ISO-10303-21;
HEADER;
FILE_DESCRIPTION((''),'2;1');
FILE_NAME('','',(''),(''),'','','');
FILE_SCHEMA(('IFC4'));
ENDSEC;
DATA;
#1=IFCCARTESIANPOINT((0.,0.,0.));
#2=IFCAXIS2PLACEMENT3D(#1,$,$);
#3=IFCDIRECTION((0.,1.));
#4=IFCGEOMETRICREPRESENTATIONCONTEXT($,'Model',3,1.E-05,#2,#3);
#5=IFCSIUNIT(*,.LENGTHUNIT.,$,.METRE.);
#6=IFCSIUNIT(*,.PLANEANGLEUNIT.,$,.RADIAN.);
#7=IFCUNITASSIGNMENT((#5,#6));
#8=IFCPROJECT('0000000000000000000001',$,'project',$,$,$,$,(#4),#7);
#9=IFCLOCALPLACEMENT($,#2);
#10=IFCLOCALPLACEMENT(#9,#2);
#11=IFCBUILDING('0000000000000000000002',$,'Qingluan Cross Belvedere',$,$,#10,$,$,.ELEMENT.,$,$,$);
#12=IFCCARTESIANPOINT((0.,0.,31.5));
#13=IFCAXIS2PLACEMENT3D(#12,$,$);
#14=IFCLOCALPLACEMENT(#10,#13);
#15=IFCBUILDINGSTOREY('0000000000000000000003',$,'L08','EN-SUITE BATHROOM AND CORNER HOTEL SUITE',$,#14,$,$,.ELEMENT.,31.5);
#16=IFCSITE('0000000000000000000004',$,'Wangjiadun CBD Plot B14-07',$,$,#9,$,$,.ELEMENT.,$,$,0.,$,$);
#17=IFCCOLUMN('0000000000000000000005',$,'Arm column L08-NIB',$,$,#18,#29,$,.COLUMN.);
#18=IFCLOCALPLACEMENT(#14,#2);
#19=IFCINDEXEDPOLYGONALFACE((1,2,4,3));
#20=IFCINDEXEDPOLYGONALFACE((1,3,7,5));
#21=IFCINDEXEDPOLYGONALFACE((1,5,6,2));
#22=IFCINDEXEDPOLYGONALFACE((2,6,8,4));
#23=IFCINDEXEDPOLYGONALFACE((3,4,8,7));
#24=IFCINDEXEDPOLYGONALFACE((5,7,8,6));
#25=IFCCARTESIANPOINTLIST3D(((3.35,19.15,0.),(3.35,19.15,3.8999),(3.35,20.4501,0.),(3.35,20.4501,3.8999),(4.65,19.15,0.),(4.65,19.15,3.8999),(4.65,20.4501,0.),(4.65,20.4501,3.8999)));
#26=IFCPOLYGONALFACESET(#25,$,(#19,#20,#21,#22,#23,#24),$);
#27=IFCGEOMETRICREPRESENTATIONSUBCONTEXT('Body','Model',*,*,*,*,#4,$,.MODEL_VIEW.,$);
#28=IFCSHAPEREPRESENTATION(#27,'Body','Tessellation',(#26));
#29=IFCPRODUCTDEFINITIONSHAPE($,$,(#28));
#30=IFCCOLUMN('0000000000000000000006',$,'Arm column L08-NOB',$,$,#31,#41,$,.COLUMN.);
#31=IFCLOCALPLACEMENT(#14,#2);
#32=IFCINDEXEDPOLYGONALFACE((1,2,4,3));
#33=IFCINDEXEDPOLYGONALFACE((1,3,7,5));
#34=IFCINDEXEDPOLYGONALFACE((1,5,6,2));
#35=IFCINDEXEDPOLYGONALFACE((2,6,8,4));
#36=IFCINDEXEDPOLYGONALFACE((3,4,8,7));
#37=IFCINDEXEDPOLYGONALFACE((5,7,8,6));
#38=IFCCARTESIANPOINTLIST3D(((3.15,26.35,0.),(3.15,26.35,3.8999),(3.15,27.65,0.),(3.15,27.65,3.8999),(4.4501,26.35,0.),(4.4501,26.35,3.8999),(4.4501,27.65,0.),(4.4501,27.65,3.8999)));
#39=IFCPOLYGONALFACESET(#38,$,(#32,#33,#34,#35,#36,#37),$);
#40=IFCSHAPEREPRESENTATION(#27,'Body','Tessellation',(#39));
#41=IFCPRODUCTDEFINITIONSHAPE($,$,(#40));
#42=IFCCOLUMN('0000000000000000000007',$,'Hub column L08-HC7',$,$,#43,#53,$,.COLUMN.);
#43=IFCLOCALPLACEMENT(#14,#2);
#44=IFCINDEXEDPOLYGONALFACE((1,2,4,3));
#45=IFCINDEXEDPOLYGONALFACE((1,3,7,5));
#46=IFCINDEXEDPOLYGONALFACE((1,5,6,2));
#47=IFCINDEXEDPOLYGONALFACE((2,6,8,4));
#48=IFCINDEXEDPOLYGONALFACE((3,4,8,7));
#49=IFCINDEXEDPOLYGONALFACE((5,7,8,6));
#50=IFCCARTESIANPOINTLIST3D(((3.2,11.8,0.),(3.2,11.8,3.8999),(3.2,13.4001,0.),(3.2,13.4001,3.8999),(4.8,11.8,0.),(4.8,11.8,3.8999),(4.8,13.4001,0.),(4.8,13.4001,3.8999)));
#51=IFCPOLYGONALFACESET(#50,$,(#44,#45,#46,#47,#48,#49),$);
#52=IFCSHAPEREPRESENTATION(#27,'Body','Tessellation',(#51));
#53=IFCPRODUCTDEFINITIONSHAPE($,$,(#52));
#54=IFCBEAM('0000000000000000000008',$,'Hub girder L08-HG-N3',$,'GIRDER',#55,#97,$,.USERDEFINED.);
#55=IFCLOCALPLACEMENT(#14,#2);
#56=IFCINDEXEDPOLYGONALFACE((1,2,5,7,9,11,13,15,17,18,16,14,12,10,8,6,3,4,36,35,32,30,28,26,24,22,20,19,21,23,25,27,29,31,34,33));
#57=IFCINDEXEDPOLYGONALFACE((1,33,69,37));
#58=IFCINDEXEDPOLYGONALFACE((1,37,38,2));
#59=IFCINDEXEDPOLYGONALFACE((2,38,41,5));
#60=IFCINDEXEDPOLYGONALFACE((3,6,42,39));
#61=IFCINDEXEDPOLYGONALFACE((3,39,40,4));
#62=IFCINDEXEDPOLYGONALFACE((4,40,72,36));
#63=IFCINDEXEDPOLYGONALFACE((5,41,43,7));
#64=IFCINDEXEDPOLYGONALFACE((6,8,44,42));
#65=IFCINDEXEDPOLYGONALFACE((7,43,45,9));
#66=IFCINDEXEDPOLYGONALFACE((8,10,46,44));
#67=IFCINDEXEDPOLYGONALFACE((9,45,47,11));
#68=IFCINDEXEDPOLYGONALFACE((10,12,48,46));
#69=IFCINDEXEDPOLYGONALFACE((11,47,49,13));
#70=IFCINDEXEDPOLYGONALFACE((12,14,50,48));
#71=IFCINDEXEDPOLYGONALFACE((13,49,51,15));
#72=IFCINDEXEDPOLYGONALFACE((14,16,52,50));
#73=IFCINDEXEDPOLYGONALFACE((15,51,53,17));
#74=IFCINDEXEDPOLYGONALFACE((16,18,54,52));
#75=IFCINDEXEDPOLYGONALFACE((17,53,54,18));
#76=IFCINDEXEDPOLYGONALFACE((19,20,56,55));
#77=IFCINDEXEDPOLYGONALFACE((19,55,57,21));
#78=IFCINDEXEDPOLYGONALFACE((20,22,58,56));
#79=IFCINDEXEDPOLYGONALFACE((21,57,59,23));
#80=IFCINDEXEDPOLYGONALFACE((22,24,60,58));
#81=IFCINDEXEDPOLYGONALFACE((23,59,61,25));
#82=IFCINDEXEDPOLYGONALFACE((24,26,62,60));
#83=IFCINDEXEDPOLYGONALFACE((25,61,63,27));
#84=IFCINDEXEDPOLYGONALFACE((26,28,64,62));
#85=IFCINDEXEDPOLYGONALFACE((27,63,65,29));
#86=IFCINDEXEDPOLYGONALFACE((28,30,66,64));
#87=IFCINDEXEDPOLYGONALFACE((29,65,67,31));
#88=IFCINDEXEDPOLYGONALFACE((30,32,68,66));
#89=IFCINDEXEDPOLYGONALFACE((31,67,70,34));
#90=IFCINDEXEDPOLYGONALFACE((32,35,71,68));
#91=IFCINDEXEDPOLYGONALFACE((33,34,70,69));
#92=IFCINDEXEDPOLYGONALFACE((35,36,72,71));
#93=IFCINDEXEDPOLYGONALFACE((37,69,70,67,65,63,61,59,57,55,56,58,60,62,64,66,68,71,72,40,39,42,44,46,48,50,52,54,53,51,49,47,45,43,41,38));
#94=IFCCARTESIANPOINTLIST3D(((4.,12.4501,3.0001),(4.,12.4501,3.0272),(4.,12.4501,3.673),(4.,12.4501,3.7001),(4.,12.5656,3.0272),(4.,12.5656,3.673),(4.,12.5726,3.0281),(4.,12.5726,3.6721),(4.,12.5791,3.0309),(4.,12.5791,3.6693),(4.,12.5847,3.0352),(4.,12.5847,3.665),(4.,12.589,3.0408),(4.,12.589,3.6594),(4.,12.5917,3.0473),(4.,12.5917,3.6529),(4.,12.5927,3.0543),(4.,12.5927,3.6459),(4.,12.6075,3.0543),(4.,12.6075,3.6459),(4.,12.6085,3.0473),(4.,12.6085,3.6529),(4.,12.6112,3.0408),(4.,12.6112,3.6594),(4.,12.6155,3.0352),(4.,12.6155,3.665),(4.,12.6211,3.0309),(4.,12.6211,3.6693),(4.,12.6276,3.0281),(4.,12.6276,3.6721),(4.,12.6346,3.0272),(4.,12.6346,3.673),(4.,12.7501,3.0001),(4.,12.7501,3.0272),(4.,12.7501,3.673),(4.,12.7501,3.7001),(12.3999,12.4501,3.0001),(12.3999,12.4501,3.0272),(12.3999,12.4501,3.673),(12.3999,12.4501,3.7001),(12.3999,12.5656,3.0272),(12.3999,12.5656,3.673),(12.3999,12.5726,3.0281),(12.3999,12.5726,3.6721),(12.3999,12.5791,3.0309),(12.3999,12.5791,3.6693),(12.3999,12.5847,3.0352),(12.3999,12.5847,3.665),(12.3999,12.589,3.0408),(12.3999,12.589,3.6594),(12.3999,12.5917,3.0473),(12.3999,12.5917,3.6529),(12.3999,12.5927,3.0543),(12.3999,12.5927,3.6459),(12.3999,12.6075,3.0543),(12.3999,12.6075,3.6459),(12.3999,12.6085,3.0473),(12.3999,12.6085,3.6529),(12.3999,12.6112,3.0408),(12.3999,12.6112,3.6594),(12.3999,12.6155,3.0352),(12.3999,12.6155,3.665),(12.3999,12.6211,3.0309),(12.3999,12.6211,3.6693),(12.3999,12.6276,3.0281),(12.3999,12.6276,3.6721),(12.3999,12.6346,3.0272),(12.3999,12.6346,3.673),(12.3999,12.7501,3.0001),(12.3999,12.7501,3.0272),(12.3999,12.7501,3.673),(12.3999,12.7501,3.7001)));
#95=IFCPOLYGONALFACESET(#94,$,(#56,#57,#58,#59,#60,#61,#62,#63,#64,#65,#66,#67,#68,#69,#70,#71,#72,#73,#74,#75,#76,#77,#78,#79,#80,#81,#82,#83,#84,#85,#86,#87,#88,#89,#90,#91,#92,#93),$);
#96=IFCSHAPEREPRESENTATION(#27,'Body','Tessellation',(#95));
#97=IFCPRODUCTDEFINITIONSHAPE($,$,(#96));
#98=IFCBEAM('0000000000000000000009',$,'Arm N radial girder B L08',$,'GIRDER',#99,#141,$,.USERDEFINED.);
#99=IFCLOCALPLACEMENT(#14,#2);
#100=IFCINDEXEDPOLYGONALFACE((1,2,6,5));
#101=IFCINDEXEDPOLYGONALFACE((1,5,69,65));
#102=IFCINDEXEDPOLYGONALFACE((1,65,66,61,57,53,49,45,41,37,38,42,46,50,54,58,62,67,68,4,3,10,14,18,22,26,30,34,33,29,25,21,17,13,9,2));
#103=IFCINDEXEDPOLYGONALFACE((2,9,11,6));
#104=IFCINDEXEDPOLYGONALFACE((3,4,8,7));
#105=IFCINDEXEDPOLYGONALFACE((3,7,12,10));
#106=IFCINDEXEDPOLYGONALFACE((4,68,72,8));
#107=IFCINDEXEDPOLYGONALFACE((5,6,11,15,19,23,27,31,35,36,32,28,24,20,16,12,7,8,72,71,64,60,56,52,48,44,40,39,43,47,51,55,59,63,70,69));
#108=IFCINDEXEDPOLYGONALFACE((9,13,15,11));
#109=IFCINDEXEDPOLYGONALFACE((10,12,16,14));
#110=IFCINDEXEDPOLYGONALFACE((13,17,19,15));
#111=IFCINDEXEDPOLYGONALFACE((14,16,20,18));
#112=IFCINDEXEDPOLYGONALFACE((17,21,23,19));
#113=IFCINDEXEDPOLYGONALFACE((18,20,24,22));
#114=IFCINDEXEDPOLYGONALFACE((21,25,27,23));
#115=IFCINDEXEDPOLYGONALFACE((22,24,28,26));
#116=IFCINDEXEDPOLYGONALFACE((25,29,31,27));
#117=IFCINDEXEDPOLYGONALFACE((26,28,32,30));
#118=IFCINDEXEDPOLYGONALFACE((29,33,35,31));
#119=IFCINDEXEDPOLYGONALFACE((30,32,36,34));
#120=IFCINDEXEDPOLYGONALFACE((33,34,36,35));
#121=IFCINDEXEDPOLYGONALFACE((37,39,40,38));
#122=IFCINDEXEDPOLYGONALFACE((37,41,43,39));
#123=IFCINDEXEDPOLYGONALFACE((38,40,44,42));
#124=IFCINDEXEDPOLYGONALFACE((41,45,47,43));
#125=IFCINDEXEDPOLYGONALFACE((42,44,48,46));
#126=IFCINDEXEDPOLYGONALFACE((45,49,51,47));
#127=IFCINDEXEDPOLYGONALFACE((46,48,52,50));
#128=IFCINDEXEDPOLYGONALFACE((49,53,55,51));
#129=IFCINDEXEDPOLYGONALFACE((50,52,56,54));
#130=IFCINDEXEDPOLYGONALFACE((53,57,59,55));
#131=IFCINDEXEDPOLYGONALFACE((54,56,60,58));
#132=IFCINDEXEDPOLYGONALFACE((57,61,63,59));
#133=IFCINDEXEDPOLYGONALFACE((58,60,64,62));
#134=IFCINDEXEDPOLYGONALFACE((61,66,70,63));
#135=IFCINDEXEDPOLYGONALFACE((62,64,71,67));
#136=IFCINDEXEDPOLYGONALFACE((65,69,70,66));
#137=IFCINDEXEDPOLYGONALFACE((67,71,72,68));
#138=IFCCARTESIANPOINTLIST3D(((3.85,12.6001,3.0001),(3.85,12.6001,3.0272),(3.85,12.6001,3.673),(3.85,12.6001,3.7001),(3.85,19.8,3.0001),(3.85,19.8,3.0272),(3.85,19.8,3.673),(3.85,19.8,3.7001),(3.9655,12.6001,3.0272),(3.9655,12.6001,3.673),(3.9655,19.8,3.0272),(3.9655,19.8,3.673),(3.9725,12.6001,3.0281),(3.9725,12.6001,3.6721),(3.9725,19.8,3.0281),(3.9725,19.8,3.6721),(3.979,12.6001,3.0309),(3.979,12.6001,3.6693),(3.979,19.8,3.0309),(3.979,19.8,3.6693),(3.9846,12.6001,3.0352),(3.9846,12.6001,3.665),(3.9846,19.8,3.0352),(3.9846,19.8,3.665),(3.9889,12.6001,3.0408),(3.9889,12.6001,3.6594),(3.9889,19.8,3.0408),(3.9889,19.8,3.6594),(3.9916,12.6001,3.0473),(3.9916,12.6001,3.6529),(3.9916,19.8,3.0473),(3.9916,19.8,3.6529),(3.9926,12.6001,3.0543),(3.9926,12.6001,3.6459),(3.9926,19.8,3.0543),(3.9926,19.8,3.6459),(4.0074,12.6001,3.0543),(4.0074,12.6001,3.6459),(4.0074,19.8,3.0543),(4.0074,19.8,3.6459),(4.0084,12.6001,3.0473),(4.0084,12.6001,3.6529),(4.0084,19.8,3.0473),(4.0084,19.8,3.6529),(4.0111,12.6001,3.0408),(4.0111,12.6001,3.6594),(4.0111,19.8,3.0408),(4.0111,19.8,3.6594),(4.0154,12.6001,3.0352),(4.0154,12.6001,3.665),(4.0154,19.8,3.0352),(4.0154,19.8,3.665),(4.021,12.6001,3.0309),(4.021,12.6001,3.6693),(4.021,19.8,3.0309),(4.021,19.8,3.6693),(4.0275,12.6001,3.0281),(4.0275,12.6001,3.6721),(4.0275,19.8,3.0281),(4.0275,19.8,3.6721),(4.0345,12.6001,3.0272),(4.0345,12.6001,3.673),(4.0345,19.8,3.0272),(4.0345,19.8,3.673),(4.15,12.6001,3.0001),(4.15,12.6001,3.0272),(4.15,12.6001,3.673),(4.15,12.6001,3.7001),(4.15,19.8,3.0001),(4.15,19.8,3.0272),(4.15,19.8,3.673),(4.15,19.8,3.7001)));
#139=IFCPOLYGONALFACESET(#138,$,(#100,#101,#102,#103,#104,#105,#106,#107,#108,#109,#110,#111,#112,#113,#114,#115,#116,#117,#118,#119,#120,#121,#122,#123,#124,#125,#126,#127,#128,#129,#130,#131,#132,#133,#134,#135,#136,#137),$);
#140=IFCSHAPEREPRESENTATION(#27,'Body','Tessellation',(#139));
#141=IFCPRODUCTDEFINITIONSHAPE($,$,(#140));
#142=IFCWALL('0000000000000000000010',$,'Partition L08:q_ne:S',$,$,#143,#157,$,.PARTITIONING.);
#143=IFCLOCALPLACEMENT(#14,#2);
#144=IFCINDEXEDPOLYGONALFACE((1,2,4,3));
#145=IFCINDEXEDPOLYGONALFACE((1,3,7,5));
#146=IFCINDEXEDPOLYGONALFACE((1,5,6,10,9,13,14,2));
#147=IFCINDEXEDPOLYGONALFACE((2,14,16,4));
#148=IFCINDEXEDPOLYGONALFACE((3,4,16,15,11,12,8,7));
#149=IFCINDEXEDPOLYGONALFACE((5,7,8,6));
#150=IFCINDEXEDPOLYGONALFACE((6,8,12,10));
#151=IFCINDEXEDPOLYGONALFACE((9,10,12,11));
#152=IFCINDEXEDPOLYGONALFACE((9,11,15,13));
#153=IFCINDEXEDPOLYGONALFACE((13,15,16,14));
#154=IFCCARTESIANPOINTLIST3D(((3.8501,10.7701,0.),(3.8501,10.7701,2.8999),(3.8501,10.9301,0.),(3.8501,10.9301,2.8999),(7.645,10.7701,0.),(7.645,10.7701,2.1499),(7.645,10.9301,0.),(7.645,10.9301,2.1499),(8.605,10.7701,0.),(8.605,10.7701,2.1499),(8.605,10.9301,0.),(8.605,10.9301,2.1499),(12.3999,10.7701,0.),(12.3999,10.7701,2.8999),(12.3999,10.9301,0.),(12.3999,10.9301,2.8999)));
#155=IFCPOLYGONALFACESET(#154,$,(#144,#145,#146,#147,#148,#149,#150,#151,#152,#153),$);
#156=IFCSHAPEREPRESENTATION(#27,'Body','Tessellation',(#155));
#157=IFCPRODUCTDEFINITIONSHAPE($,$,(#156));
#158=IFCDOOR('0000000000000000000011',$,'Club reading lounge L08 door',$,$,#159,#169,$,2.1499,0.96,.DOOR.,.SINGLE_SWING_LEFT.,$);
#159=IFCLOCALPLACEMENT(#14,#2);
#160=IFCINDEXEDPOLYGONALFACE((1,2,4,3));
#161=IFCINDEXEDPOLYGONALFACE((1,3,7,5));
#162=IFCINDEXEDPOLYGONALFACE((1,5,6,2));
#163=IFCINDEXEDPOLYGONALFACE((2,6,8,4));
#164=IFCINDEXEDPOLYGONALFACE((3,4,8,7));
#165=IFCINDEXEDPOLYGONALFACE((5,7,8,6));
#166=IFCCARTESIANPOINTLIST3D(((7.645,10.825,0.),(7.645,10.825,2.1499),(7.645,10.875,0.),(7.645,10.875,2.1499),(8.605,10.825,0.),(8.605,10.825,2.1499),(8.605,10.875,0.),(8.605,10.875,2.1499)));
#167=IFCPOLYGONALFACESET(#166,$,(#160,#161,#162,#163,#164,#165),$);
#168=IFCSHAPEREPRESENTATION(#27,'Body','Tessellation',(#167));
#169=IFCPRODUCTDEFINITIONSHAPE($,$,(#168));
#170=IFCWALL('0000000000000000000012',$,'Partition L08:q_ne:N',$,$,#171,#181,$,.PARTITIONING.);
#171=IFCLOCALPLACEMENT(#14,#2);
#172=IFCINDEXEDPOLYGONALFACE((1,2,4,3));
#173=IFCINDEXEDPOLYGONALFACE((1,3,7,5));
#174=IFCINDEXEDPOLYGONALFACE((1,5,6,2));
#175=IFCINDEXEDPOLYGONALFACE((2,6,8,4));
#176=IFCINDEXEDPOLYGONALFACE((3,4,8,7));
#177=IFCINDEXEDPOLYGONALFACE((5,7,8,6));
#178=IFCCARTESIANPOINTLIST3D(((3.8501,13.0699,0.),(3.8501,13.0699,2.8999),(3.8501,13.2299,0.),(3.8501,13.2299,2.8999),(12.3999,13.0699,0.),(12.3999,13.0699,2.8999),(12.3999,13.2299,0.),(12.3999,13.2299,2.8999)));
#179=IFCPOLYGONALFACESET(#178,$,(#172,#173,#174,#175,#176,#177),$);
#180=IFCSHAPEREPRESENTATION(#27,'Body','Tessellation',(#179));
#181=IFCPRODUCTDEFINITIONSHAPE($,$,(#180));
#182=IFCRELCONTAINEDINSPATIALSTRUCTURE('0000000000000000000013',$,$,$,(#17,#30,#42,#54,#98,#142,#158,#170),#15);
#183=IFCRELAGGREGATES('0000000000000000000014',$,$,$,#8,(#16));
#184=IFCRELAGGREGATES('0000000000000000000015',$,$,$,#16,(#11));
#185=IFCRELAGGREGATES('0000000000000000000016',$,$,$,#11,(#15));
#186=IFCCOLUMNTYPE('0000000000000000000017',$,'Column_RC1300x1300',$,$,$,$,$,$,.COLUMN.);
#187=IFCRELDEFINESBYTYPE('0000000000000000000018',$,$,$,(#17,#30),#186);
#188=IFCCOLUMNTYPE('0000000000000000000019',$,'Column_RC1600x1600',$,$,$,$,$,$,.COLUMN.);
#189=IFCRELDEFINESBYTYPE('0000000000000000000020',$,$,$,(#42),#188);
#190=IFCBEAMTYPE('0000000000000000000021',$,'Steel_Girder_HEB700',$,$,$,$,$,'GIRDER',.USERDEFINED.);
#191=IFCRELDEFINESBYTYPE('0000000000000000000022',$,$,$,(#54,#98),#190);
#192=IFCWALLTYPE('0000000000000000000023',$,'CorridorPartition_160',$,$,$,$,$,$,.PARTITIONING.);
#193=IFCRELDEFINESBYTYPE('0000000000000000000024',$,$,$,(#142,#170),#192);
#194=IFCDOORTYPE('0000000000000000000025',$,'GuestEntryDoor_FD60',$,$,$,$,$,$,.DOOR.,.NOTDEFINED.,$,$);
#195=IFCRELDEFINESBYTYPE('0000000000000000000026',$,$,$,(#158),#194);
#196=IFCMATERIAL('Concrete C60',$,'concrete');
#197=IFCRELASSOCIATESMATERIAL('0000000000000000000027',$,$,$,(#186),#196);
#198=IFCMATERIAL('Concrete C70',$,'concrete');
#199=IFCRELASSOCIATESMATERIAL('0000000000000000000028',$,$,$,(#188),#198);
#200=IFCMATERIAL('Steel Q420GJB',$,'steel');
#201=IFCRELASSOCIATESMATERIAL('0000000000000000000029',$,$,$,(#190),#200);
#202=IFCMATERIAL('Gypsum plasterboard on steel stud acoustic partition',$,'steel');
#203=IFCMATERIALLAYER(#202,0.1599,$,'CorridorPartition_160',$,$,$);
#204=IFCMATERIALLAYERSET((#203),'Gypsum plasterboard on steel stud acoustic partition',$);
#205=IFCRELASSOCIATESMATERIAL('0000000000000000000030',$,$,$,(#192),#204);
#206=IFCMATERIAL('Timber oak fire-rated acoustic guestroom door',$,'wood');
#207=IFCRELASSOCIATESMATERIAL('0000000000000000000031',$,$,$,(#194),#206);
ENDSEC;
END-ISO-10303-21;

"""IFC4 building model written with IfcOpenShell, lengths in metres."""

from ifc_helpers import new_model, si_unit, direction, frame, frame_2d, origin, origin_2d, place, context, subcontext, project, spatial, rectangle, i_section, extrude, material, layer, layer_set, material_profile, profile_set, type_object, element, fill, save


model = new_model("IFC4")

# Units and contexts
model_context = context("Model", 3, precision=1e-05, world=origin(), true_north=direction((0.0, 1.0)))
body_context = subcontext(model_context, "Body", "Model", "MODEL_VIEW")
ifc_project = project(units=[si_unit("LENGTHUNIT", "METRE"), si_unit("PLANEANGLEUNIT", "RADIAN")], contexts=[model_context])

# Site, building, storey
site_placement = place(None, origin())
site = spatial("IfcSite", under=ifc_project, at=site_placement, Name="Wangjiadun CBD Plot B14-07", CompositionType="ELEMENT", RefElevation=0.0)
building_placement = place(site_placement, origin())
building = spatial("IfcBuilding", under=site, at=building_placement, Name="Qingluan Cross Belvedere", CompositionType="ELEMENT")
storey_placement = place(building_placement, frame((0.0, 0.0, 31.5)))
storey = spatial("IfcBuildingStorey", under=building, at=storey_placement, Name="L08", Description="EN-SUITE BATHROOM AND CORNER HOTEL SUITE", CompositionType="ELEMENT", Elevation=31.5)

# Columns
ifc_material_1 = material(Name="Concrete C60", Category="concrete")
ifc_material_profile_1 = material_profile(ifc_material_1, rectangle(XDim=1.3, YDim=1.3, at=origin_2d()), Name="RC1300x1300")
ifc_profile_set_1 = profile_set([ifc_material_profile_1], Name="Concrete C60")
column_type_1 = type_object("IfcColumnType", Name="Column_RC1300x1300", PredefinedType="COLUMN", material=ifc_profile_set_1)
for number, where, z_axis, x_axis, name in (
    (1, (4.0, 19.8, 0.0), (0.0, 0.0, 1.0), (1.0, 0.0, 0.0), "Arm column L08-NIB"),
    (2, (3.8, 27.0, 0.0), (0.0, 0.0, 1.0), (1.0, 0.0, 0.0), "Arm column L08-NOB"),
):
    element("IfcColumn", number, at=place(storey_placement, frame(where, z_axis=z_axis, x_axis=x_axis)), inside=storey, type_object=column_type_1, Name=name, PredefinedType="COLUMN", context=body_context, shape_type="SweptSolid", body=[
        extrude(rectangle(XDim=1.3, YDim=1.3, at=origin_2d()), origin(), (0.0, 0.0, 1.0), 3.8999),
    ])
ifc_material_2 = material(Name="Concrete C70", Category="concrete")
ifc_material_profile_2 = material_profile(ifc_material_2, rectangle(XDim=1.6001, YDim=1.6001, at=origin_2d()), Name="RC1600x1600")
ifc_profile_set_2 = profile_set([ifc_material_profile_2], Name="Concrete C70")
column_type_2 = type_object("IfcColumnType", Name="Column_RC1600x1600", PredefinedType="COLUMN", material=ifc_profile_set_2)
column_placement = place(storey_placement, frame((4.0, 12.6001, 0.0), z_axis=(0.0, 0.0, 1.0), x_axis=(1.0, 0.0, 0.0)))
element("IfcColumn", 3, at=column_placement, inside=storey, type_object=column_type_2, Name="Hub column L08-HC7", PredefinedType="COLUMN", context=body_context, shape_type="SweptSolid", body=[
    extrude(rectangle(XDim=1.6001, YDim=1.6001, at=origin_2d()), origin(), (0.0, 0.0, 1.0), 3.8999),
])

# Beams
ifc_material_3 = material(Name="Steel Q420GJB", Category="steel")
ifc_material_profile_3 = material_profile(ifc_material_3, i_section(OverallWidth=0.3, OverallDepth=0.7, WebThickness=0.0149, FlangeThickness=0.0271, FilletRadius=0.0271, at=origin_2d()), Name="HEB700")
ifc_profile_set_3 = profile_set([ifc_material_profile_3], Name="Steel Q420GJB")
beam_type = type_object("IfcBeamType", Name="Steel_Girder_HEB700", ElementType="GIRDER", PredefinedType="USERDEFINED", material=ifc_profile_set_3)
beam_1_placement = place(storey_placement, frame((4.0, 12.6001, 3.3501), z_axis=(1.0, 0.0, 0.0), x_axis=(0.0, 1.0, 0.0)))
element("IfcBeam", 4, at=beam_1_placement, inside=storey, type_object=beam_type, Name="Hub girder L08-HG-N3", ObjectType="GIRDER", PredefinedType="USERDEFINED", context=body_context, shape_type="SweptSolid", body=[
    extrude(i_section(OverallWidth=0.3, OverallDepth=0.7, WebThickness=0.0149, FlangeThickness=0.0271, FilletRadius=0.0271, at=origin_2d()), origin(), (0.0, 0.0, 1.0), 8.3999),
])
beam_2_placement = place(storey_placement, frame((4.0, 12.6001, 3.3501), z_axis=(0.0, 1.0, 0.0), x_axis=(-1.0, 0.0, 0.0)))
element("IfcBeam", 5, at=beam_2_placement, inside=storey, type_object=beam_type, Name="Arm N radial girder B L08", ObjectType="GIRDER", PredefinedType="USERDEFINED", context=body_context, shape_type="SweptSolid", body=[
    extrude(i_section(OverallWidth=0.3, OverallDepth=0.7, WebThickness=0.0149, FlangeThickness=0.0271, FilletRadius=0.0271, at=origin_2d()), origin(), (0.0, 0.0, 1.0), 7.2),
])

# Wall, opening, door
ifc_material_4 = material(Name="Gypsum plasterboard on steel stud acoustic partition", Category="steel")
ifc_layer_1 = layer(ifc_material_4, 0.1599, Name="CorridorPartition_160")
ifc_layer_set_1 = layer_set([ifc_layer_1], Name="Gypsum plasterboard on steel stud acoustic partition")
wall_type_1 = type_object("IfcWallType", Name="CorridorPartition_160", PredefinedType="PARTITIONING", material=ifc_layer_set_1)
wall_1_placement = place(storey_placement, frame((3.8501, 10.8501, 0.0), z_axis=(0.0, 0.0, 1.0), x_axis=(1.0, 0.0, 0.0)))
wall_1 = element("IfcWall", 6, at=wall_1_placement, inside=storey, type_object=wall_type_1, Name="Partition L08:q_ne:S", PredefinedType="PARTITIONING", context=body_context, shape_type="SweptSolid", body=[
    extrude(rectangle(XDim=8.5498, YDim=0.1599, at=frame_2d((4.2749, 0.0))), origin(), (0.0, 0.0, 1.0), 2.8999),
])
opening_1_placement = place(wall_1_placement, frame((3.7949, 0.0, 0.0)))
opening_1 = element("IfcOpeningElement", 7, at=opening_1_placement, cuts=wall_1, PredefinedType="OPENING", context=body_context, shape_type="SweptSolid", body=[
    extrude(rectangle(XDim=0.96, YDim=2.1499, at=frame_2d((0.48, 1.075))), frame((0.0, 0.0898, 0.0), z_axis=(0.0, -1.0, 0.0), x_axis=(1.0, 0.0, 0.0)), (0.0, 0.0, 1.0), 0.1799),
])
ifc_material_5 = material(Name="Timber oak fire-rated acoustic guestroom door", Category="wood")
door_type_1 = type_object("IfcDoorType", Name="GuestEntryDoor_FD60", OperationType="NOTDEFINED", PredefinedType="DOOR", material=ifc_material_5)
door_1_placement = place(opening_1_placement, origin())
door_1 = element("IfcDoor", 8, at=door_1_placement, inside=storey, type_object=door_type_1, Name="Club reading lounge L08 door", OperationType="SINGLE_SWING_LEFT", OverallHeight=2.1499, OverallWidth=0.96, PredefinedType="DOOR", context=body_context, shape_type="SweptSolid", body=[
    extrude(rectangle(XDim=0.96, YDim=2.1499, at=frame_2d((0.48, 1.075))), frame((0.0, 0.0249, 0.0), z_axis=(0.0, -1.0, 0.0), x_axis=(1.0, 0.0, 0.0)), (0.0, 0.0, 1.0), 0.05),
])
fill(opening_1, door_1)

# Wall
wall_2_placement = place(storey_placement, frame((3.8501, 13.1499, 0.0), z_axis=(0.0, 0.0, 1.0), x_axis=(1.0, 0.0, 0.0)))
element("IfcWall", 9, at=wall_2_placement, inside=storey, type_object=wall_type_1, Name="Partition L08:q_ne:N", PredefinedType="PARTITIONING", context=body_context, shape_type="SweptSolid", body=[
    extrude(rectangle(XDim=8.5498, YDim=0.1599, at=frame_2d((4.2749, 0.0))), origin(), (0.0, 0.0, 1.0), 2.8999),
])

save(model, "model.ifc")
